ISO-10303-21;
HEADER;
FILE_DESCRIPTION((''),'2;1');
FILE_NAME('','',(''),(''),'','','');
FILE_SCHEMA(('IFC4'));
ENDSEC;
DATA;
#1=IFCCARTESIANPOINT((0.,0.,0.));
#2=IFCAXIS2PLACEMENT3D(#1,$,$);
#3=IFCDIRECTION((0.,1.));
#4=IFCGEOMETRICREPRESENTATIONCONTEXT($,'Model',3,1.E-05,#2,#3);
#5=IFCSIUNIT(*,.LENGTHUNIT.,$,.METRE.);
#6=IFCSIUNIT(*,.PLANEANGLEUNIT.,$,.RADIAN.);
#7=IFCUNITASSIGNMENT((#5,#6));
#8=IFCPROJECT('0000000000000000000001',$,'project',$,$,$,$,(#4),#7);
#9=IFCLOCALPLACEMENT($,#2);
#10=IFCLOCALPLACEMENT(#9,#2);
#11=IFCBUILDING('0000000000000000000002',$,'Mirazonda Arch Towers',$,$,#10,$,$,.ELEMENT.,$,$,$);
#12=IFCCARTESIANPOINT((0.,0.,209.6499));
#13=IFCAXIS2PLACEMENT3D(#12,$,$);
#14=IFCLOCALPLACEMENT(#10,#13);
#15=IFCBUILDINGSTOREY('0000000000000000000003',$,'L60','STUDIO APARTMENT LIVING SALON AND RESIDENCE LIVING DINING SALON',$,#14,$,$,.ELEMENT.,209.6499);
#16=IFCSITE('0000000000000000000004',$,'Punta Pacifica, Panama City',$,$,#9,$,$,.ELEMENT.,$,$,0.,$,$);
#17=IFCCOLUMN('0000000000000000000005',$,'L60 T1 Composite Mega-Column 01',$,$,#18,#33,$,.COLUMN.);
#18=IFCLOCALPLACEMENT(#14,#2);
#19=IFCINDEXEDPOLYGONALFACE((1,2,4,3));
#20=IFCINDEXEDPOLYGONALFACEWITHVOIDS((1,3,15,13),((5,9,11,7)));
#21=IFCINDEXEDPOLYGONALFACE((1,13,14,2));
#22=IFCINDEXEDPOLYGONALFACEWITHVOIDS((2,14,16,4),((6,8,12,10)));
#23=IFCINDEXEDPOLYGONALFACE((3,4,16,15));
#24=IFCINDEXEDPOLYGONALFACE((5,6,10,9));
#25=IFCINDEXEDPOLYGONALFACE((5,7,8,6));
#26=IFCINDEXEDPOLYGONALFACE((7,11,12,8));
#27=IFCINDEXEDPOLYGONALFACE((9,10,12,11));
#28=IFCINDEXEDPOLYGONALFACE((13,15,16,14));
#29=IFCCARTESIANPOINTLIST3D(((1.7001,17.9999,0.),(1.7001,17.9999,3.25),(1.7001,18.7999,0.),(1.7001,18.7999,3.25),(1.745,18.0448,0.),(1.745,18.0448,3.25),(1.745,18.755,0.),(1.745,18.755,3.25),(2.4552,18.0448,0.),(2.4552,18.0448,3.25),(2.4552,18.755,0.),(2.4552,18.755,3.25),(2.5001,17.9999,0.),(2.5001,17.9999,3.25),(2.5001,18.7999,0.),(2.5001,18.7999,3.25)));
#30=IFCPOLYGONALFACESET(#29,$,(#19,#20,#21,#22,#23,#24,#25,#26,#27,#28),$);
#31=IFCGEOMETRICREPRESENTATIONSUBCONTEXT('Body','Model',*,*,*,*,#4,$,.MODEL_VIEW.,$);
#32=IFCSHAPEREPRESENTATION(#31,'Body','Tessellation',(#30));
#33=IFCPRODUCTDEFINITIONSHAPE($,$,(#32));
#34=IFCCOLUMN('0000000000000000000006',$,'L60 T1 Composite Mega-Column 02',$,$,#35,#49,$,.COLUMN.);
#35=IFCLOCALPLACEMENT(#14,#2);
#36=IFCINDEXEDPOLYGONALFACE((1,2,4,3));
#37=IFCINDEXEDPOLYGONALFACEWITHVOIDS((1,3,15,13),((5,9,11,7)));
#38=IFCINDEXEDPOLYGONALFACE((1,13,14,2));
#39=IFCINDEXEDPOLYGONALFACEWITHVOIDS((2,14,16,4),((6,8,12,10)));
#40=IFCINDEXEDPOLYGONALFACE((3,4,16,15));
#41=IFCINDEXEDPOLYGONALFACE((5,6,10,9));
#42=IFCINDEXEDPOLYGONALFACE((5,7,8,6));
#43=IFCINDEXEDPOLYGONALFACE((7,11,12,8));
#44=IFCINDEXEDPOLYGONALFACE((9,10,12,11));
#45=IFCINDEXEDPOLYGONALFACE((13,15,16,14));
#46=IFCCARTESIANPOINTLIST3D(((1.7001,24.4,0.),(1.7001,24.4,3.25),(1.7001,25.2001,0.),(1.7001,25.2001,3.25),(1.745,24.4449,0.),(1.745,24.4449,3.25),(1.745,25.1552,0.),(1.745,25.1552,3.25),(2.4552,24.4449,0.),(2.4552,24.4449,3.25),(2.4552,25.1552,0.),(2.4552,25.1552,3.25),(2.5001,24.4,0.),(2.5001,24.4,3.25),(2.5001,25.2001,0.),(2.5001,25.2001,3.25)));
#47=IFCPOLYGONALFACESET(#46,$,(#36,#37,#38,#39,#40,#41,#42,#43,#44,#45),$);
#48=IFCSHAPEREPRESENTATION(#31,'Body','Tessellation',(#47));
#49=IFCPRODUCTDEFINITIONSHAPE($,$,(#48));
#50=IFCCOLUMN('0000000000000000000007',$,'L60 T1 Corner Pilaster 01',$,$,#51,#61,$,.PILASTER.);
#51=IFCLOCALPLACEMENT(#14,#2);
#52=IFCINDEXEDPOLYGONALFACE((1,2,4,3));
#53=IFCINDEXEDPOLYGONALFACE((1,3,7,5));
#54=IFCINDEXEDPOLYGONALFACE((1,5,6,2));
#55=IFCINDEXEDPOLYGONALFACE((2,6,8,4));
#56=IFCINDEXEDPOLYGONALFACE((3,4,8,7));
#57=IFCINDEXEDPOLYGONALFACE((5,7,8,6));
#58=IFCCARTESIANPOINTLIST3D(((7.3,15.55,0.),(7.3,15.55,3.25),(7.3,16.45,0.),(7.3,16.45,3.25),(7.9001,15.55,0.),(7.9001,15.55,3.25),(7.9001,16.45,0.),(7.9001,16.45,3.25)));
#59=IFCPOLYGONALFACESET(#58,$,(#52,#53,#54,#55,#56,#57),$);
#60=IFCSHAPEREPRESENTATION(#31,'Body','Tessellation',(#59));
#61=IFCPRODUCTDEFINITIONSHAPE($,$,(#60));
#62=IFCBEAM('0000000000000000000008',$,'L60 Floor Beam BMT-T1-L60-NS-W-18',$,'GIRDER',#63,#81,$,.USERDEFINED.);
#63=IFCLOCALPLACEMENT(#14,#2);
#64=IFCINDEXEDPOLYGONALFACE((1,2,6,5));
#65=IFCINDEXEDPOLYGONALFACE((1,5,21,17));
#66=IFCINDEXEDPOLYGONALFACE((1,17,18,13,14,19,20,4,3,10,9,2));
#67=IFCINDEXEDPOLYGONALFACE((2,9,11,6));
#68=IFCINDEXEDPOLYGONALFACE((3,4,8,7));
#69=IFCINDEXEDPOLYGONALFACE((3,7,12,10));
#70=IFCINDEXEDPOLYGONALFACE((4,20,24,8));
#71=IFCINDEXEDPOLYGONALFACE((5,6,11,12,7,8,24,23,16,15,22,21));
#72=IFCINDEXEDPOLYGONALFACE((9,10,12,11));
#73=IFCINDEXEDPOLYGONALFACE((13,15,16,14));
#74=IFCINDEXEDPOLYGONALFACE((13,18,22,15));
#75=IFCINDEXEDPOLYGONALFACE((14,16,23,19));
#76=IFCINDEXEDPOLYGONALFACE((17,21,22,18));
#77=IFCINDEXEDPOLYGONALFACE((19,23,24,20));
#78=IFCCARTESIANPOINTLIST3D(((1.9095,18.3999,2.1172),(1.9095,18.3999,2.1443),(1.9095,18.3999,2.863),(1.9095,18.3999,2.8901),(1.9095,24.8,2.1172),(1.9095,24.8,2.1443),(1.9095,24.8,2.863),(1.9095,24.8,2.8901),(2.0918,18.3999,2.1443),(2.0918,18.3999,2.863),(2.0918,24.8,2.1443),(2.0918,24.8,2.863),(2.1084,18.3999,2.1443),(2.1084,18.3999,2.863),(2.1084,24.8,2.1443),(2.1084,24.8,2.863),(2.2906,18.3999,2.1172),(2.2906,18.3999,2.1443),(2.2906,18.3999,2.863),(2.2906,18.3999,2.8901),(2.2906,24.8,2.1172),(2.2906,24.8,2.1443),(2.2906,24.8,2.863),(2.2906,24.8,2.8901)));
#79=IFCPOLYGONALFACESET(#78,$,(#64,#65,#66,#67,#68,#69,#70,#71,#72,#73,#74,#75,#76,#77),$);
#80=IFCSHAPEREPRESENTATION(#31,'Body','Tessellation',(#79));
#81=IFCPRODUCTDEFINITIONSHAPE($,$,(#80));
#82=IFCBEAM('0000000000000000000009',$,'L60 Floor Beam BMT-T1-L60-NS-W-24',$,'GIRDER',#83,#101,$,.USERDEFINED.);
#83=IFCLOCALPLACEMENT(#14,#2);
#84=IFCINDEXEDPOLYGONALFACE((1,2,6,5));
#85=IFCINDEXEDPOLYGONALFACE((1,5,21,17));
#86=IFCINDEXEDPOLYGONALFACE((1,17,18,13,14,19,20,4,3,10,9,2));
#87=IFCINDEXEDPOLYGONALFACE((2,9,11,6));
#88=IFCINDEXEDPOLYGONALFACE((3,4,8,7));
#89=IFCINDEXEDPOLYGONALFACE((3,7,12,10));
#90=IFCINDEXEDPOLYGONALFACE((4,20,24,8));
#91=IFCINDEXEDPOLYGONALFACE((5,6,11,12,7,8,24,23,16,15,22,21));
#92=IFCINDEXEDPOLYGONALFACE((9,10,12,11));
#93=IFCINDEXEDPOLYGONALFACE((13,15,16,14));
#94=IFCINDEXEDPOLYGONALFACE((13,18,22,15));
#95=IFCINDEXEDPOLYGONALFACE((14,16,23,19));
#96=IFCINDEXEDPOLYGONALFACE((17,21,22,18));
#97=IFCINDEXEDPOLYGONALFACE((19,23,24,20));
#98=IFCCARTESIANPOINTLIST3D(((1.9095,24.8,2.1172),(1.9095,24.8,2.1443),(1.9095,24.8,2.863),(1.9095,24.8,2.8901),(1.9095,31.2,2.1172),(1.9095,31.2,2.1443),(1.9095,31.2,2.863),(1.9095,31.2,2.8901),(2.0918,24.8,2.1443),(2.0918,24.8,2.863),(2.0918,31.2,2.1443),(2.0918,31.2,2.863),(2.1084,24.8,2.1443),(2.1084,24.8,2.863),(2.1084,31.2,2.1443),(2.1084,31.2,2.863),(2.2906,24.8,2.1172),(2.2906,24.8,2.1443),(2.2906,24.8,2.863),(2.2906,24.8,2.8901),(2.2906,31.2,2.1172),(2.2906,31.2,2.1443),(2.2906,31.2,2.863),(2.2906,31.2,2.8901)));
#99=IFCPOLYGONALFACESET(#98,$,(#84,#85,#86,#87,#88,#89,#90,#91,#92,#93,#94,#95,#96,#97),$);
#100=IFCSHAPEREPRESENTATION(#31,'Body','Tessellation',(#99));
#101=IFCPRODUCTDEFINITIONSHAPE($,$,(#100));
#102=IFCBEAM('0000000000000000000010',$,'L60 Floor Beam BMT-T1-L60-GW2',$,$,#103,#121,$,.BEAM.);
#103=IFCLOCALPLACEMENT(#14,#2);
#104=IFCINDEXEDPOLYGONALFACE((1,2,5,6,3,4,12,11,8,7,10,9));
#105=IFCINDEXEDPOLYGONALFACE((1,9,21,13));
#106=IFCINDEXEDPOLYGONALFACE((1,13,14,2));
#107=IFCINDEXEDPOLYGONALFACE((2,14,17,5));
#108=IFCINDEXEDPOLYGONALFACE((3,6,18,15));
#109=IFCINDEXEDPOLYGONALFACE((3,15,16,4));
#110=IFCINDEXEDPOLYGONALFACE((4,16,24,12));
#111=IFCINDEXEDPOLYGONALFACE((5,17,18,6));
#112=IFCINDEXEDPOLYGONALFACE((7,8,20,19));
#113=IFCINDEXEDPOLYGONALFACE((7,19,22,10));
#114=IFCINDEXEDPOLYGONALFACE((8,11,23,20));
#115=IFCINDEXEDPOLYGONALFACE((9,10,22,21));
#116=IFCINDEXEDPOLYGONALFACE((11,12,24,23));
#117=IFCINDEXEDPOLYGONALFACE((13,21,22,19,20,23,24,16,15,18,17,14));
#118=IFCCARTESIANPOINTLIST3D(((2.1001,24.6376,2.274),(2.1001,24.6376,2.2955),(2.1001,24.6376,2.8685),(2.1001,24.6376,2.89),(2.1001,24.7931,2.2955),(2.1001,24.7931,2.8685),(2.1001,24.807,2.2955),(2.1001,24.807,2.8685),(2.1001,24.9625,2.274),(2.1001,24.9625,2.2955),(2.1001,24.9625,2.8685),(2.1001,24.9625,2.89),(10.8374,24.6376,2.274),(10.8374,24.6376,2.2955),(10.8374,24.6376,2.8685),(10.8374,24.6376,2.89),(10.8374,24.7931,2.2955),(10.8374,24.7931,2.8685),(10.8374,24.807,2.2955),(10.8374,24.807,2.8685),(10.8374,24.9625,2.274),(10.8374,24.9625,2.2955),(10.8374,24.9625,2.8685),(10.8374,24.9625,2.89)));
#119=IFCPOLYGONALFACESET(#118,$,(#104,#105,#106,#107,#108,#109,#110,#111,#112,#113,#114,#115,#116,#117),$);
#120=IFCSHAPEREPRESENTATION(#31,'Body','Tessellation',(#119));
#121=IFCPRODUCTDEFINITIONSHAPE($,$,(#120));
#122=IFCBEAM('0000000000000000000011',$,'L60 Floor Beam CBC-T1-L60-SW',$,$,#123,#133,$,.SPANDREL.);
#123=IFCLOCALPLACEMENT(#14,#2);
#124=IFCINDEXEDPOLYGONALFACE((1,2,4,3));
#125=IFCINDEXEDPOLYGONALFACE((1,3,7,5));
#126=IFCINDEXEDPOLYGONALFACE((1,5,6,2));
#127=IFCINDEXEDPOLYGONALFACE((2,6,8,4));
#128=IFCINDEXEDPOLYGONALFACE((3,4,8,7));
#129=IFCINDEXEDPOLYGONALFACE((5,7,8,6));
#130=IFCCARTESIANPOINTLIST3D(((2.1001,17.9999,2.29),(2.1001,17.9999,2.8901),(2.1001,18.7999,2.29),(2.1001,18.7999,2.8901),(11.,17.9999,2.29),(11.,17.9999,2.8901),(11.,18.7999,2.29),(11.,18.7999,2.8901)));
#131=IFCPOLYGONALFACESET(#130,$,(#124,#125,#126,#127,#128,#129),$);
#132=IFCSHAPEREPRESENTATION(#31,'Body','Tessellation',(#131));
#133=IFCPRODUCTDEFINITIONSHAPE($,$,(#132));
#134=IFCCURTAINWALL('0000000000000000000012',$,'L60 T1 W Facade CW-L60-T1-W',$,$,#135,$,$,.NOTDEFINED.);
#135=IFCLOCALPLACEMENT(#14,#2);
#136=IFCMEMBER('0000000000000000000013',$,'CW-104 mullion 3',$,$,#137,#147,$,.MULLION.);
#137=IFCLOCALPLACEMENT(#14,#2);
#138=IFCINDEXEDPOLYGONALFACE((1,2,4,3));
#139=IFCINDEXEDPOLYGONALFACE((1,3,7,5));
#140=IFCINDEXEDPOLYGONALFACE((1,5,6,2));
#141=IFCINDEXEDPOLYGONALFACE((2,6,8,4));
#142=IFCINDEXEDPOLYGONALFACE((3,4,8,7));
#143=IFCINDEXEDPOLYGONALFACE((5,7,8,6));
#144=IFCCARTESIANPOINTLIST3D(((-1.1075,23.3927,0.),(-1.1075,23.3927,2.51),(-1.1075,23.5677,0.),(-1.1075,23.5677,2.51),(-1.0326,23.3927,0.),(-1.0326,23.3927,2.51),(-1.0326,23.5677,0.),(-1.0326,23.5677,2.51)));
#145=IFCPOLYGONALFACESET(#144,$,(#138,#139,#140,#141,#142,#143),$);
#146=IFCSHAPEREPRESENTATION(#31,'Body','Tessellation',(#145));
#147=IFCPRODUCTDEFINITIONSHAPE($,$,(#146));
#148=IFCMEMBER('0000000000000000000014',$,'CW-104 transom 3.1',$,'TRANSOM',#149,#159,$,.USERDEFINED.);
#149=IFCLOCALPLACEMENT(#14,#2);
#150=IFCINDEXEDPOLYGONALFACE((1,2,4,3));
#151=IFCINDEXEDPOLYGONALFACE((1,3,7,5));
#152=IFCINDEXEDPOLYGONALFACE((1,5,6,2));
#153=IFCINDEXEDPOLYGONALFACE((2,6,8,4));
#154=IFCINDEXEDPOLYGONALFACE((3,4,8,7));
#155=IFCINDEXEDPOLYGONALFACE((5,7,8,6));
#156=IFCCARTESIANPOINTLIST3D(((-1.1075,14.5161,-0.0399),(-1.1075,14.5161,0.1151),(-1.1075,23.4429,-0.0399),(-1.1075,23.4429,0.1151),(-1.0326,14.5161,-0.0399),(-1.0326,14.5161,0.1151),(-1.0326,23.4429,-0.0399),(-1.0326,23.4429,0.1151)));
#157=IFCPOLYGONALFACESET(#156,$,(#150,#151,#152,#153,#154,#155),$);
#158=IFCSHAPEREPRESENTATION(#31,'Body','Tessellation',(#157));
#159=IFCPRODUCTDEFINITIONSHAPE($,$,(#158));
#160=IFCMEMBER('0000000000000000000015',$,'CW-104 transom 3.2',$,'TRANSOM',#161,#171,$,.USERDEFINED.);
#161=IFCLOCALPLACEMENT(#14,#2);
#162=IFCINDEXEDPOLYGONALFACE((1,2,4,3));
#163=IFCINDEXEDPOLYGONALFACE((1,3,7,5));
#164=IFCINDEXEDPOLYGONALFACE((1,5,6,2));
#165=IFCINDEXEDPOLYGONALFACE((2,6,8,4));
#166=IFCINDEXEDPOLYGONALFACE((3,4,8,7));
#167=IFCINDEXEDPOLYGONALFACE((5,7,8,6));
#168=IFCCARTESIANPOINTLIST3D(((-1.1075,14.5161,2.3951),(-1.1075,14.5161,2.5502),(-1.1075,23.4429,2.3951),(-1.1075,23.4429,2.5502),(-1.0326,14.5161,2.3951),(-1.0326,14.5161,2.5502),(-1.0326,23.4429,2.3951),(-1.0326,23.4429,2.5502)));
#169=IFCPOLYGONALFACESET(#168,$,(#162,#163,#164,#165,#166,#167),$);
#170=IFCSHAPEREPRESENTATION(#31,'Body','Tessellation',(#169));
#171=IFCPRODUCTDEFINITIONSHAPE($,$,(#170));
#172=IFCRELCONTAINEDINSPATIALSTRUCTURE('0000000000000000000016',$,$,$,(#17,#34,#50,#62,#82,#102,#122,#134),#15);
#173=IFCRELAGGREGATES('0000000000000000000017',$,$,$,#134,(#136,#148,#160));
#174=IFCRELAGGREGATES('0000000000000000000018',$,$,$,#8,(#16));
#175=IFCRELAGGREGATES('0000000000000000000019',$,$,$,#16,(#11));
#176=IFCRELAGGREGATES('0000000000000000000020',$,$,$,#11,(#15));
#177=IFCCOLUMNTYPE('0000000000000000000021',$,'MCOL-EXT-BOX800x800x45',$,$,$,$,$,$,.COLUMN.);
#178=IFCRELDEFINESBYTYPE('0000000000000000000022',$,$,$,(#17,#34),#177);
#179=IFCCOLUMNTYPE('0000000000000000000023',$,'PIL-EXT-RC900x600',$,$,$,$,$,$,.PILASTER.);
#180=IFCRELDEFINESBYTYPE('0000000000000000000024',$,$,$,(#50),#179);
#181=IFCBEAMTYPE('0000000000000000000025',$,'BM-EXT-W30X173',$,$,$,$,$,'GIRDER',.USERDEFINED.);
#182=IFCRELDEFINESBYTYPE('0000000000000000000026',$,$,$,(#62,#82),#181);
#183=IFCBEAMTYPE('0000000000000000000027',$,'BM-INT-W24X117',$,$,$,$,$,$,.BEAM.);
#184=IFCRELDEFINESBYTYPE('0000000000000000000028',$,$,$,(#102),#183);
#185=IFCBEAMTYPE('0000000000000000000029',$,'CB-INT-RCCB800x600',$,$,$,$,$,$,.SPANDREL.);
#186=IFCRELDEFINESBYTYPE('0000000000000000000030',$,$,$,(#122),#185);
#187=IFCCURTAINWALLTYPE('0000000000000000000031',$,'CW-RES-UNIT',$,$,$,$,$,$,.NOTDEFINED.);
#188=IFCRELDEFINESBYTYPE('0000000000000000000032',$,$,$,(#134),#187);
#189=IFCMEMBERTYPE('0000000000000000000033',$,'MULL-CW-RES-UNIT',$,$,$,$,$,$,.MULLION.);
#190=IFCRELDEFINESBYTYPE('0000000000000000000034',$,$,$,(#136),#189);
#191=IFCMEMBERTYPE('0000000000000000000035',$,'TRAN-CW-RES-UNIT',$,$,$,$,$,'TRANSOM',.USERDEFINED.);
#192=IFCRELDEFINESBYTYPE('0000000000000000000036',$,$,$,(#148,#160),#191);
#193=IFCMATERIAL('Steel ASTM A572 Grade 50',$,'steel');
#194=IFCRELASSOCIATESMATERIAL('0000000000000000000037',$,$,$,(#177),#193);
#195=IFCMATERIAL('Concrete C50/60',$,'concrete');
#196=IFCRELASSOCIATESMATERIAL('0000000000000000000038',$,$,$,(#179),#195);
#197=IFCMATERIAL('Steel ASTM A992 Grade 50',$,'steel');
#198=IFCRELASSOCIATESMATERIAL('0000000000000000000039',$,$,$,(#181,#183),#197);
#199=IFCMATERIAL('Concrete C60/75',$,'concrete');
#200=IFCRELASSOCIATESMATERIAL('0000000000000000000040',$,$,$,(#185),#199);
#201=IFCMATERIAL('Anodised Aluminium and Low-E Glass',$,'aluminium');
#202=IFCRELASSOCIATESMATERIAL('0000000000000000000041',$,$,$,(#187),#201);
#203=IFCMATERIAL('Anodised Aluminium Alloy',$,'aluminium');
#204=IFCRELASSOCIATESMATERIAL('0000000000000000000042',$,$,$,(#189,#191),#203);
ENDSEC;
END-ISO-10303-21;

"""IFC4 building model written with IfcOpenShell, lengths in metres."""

from ifc_helpers import new_model, si_unit, direction, frame, origin, origin_2d, place, context, subcontext, project, spatial, rectangle, hollow_rectangle, i_section, extrude, material, material_profile, profile_set, type_object, element, aggregate, save


model = new_model("IFC4")

# Units and contexts
model_context = context("Model", 3, precision=1e-05, world=origin(), true_north=direction((0.0, 1.0)))
body_context = subcontext(model_context, "Body", "Model", "MODEL_VIEW")
ifc_project = project(units=[si_unit("LENGTHUNIT", "METRE"), si_unit("PLANEANGLEUNIT", "RADIAN")], contexts=[model_context])

# Site, building, storey
site_placement = place(None, origin())
site = spatial("IfcSite", under=ifc_project, at=site_placement, Name="Punta Pacifica, Panama City", CompositionType="ELEMENT", RefElevation=0.0)
building_placement = place(site_placement, origin())
building = spatial("IfcBuilding", under=site, at=building_placement, Name="Mirazonda Arch Towers", CompositionType="ELEMENT")
storey_placement = place(building_placement, frame((0.0, 0.0, 209.6499)))
storey = spatial("IfcBuildingStorey", under=building, at=storey_placement, Name="L60", Description="STUDIO APARTMENT LIVING SALON AND RESIDENCE LIVING DINING SALON", CompositionType="ELEMENT", Elevation=209.6499)

# Columns
ifc_material_1 = material(Name="Steel ASTM A572 Grade 50", Category="steel")
ifc_material_profile_1 = material_profile(ifc_material_1, hollow_rectangle(XDim=0.8, YDim=0.8, WallThickness=0.0449, at=origin_2d()), Name="BOX800x800x45")
ifc_profile_set_1 = profile_set([ifc_material_profile_1], Name="Steel ASTM A572 Grade 50")
column_type_1 = type_object("IfcColumnType", Name="MCOL-EXT-BOX800x800x45", PredefinedType="COLUMN", material=ifc_profile_set_1)
for number, where, z_axis, x_axis, name in (
    (1, (2.1001, 18.3999, 0.0), (0.0, 0.0, 1.0), (1.0, 0.0, 0.0), "L60 T1 Composite Mega-Column 01"),
    (2, (2.1001, 24.8, 0.0), (0.0, 0.0, 1.0), (1.0, 0.0, 0.0), "L60 T1 Composite Mega-Column 02"),
):
    element("IfcColumn", number, at=place(storey_placement, frame(where, z_axis=z_axis, x_axis=x_axis)), inside=storey, type_object=column_type_1, Name=name, PredefinedType="COLUMN", context=body_context, shape_type="SweptSolid", body=[
        extrude(hollow_rectangle(XDim=0.8, YDim=0.8, WallThickness=0.0449, at=origin_2d()), origin(), (0.0, 0.0, 1.0), 3.25),
    ])
ifc_material_2 = material(Name="Concrete C50/60", Category="concrete")
ifc_material_profile_2 = material_profile(ifc_material_2, rectangle(XDim=0.6001, YDim=0.8999, at=origin_2d()), Name="RC900x600")
ifc_profile_set_2 = profile_set([ifc_material_profile_2], Name="Concrete C50/60")
column_type_2 = type_object("IfcColumnType", Name="PIL-EXT-RC900x600", PredefinedType="PILASTER", material=ifc_profile_set_2)
column_placement = place(storey_placement, frame((7.6001, 16.0, 0.0), z_axis=(0.0, 0.0, 1.0), x_axis=(1.0, 0.0, 0.0)))
element("IfcColumn", 3, at=column_placement, inside=storey, type_object=column_type_2, Name="L60 T1 Corner Pilaster 01", PredefinedType="PILASTER", context=body_context, shape_type="SweptSolid", body=[
    extrude(rectangle(XDim=0.6001, YDim=0.8999, at=origin_2d()), origin(), (0.0, 0.0, 1.0), 3.25),
])

# Beams
ifc_material_3 = material(Name="Steel ASTM A992 Grade 50", Category="steel")
ifc_material_profile_3 = material_profile(ifc_material_3, i_section(OverallWidth=0.3811, OverallDepth=0.7729, WebThickness=0.0166, FlangeThickness=0.0271, at=origin_2d()), Name="W30X173")
ifc_profile_set_3 = profile_set([ifc_material_profile_3], Name="Steel ASTM A992 Grade 50")
beam_type_1 = type_object("IfcBeamType", Name="BM-EXT-W30X173", ElementType="GIRDER", PredefinedType="USERDEFINED", material=ifc_profile_set_3)
beam_1_placement = place(storey_placement, frame((2.1001, 18.3999, 2.5037), z_axis=(0.0, 1.0, 0.0), x_axis=(-1.0, 0.0, 0.0)))
element("IfcBeam", 4, at=beam_1_placement, inside=storey, type_object=beam_type_1, Name="L60 Floor Beam BMT-T1-L60-NS-W-18", ObjectType="GIRDER", PredefinedType="USERDEFINED", context=body_context, shape_type="SweptSolid", body=[
    extrude(i_section(OverallWidth=0.3811, OverallDepth=0.7729, WebThickness=0.0166, FlangeThickness=0.0271, at=origin_2d()), origin(), (0.0, 0.0, 1.0), 6.4001),
])
beam_2_placement = place(storey_placement, frame((2.1001, 24.8, 2.5037), z_axis=(0.0, 1.0, 0.0), x_axis=(-1.0, 0.0, 0.0)))
element("IfcBeam", 5, at=beam_2_placement, inside=storey, type_object=beam_type_1, Name="L60 Floor Beam BMT-T1-L60-NS-W-24", ObjectType="GIRDER", PredefinedType="USERDEFINED", context=body_context, shape_type="SweptSolid", body=[
    extrude(i_section(OverallWidth=0.3811, OverallDepth=0.7729, WebThickness=0.0166, FlangeThickness=0.0271, at=origin_2d()), origin(), (0.0, 0.0, 1.0), 6.3999),
])
ifc_material_profile_4 = material_profile(ifc_material_3, i_section(OverallWidth=0.325, OverallDepth=0.616, WebThickness=0.0139, FlangeThickness=0.0215, at=origin_2d()), Name="W24X117")
ifc_profile_set_4 = profile_set([ifc_material_profile_4], Name="Steel ASTM A992 Grade 50")
beam_type_2 = type_object("IfcBeamType", Name="BM-INT-W24X117", PredefinedType="BEAM", material=ifc_profile_set_4)
beam_3_placement = place(storey_placement, frame((2.1001, 24.8, 2.582), z_axis=(1.0, 0.0, 0.0), x_axis=(0.0, 1.0, 0.0)))
element("IfcBeam", 6, at=beam_3_placement, inside=storey, type_object=beam_type_2, Name="L60 Floor Beam BMT-T1-L60-GW2", PredefinedType="BEAM", context=body_context, shape_type="SweptSolid", body=[
    extrude(i_section(OverallWidth=0.325, OverallDepth=0.616, WebThickness=0.0139, FlangeThickness=0.0215, at=origin_2d()), origin(), (0.0, 0.0, 1.0), 8.7373),
])
ifc_material_4 = material(Name="Concrete C60/75", Category="concrete")
ifc_material_profile_5 = material_profile(ifc_material_4, rectangle(XDim=0.8, YDim=0.6001, at=origin_2d()), Name="RCCB800x600")
ifc_profile_set_5 = profile_set([ifc_material_profile_5], Name="Concrete C60/75")
beam_type_3 = type_object("IfcBeamType", Name="CB-INT-RCCB800x600", PredefinedType="SPANDREL", material=ifc_profile_set_5)
beam_4_placement = place(storey_placement, frame((2.1001, 18.3999, 2.5901), z_axis=(1.0, 0.0, 0.0), x_axis=(0.0, 1.0, 0.0)))
element("IfcBeam", 7, at=beam_4_placement, inside=storey, type_object=beam_type_3, Name="L60 Floor Beam CBC-T1-L60-SW", PredefinedType="SPANDREL", context=body_context, shape_type="SweptSolid", body=[
    extrude(rectangle(XDim=0.8, YDim=0.6001, at=origin_2d()), origin(), (0.0, 0.0, 1.0), 8.8999),
])

# Curtain wall, members
ifc_material_5 = material(Name="Anodised Aluminium and Low-E Glass", Category="aluminium")
curtain_wall_type = type_object("IfcCurtainWallType", Name="CW-RES-UNIT", PredefinedType="NOTDEFINED", material=ifc_material_5)
curtain_wall_placement = place(storey_placement, origin())
curtain_wall = element("IfcCurtainWall", 8, at=curtain_wall_placement, inside=storey, type_object=curtain_wall_type, Name="L60 T1 W Facade CW-L60-T1-W", PredefinedType="NOTDEFINED")
ifc_material_6 = material(Name="Anodised Aluminium Alloy", Category="aluminium")
ifc_material_profile_6 = material_profile(ifc_material_6, rectangle(XDim=0.075, YDim=0.175, at=origin_2d()), Name="ALU-MULL-75x175")
ifc_profile_set_6 = profile_set([ifc_material_profile_6], Name="Anodised Aluminium Alloy")
member_type_1 = type_object("IfcMemberType", Name="MULL-CW-RES-UNIT", PredefinedType="MULLION", material=ifc_profile_set_6)
member_1_placement = place(storey_placement, frame((-1.0701, 23.4802, 0.0), z_axis=(0.0, 0.0, 1.0), x_axis=(1.0, 0.0, 0.0)))
member_1 = element("IfcMember", 9, at=member_1_placement, type_object=member_type_1, Name="CW-104 mullion 3", PredefinedType="MULLION", context=body_context, shape_type="SweptSolid", body=[
    extrude(rectangle(XDim=0.075, YDim=0.175, at=origin_2d()), origin(), (0.0, 0.0, 1.0), 2.51),
])
ifc_material_profile_7 = material_profile(ifc_material_6, rectangle(XDim=0.075, YDim=0.155, at=origin_2d()), Name="ALU-TRAN-75x155")
ifc_profile_set_7 = profile_set([ifc_material_profile_7], Name="Anodised Aluminium Alloy")
member_type_2 = type_object("IfcMemberType", Name="TRAN-CW-RES-UNIT", ElementType="TRANSOM", PredefinedType="USERDEFINED", material=ifc_profile_set_7)
member_2_placement = place(storey_placement, frame((-1.0701, 23.4429, 0.0376), z_axis=(0.0, -1.0, 0.0), x_axis=(1.0, 0.0, 0.0)))
member_2 = element("IfcMember", 10, at=member_2_placement, type_object=member_type_2, Name="CW-104 transom 3.1", ObjectType="TRANSOM", PredefinedType="USERDEFINED", context=body_context, shape_type="SweptSolid", body=[
    extrude(rectangle(XDim=0.075, YDim=0.155, at=origin_2d()), origin(), (0.0, 0.0, 1.0), 8.9268),
])
member_3_placement = place(storey_placement, frame((-1.0701, 23.4429, 2.4727), z_axis=(0.0, -1.0, 0.0), x_axis=(1.0, 0.0, 0.0)))
member_3 = element("IfcMember", 11, at=member_3_placement, type_object=member_type_2, Name="CW-104 transom 3.2", ObjectType="TRANSOM", PredefinedType="USERDEFINED", context=body_context, shape_type="SweptSolid", body=[
    extrude(rectangle(XDim=0.075, YDim=0.155, at=origin_2d()), origin(), (0.0, 0.0, 1.0), 8.9268),
])
aggregate(curtain_wall, [member_1, member_2, member_3])

save(model, "model.ifc")
